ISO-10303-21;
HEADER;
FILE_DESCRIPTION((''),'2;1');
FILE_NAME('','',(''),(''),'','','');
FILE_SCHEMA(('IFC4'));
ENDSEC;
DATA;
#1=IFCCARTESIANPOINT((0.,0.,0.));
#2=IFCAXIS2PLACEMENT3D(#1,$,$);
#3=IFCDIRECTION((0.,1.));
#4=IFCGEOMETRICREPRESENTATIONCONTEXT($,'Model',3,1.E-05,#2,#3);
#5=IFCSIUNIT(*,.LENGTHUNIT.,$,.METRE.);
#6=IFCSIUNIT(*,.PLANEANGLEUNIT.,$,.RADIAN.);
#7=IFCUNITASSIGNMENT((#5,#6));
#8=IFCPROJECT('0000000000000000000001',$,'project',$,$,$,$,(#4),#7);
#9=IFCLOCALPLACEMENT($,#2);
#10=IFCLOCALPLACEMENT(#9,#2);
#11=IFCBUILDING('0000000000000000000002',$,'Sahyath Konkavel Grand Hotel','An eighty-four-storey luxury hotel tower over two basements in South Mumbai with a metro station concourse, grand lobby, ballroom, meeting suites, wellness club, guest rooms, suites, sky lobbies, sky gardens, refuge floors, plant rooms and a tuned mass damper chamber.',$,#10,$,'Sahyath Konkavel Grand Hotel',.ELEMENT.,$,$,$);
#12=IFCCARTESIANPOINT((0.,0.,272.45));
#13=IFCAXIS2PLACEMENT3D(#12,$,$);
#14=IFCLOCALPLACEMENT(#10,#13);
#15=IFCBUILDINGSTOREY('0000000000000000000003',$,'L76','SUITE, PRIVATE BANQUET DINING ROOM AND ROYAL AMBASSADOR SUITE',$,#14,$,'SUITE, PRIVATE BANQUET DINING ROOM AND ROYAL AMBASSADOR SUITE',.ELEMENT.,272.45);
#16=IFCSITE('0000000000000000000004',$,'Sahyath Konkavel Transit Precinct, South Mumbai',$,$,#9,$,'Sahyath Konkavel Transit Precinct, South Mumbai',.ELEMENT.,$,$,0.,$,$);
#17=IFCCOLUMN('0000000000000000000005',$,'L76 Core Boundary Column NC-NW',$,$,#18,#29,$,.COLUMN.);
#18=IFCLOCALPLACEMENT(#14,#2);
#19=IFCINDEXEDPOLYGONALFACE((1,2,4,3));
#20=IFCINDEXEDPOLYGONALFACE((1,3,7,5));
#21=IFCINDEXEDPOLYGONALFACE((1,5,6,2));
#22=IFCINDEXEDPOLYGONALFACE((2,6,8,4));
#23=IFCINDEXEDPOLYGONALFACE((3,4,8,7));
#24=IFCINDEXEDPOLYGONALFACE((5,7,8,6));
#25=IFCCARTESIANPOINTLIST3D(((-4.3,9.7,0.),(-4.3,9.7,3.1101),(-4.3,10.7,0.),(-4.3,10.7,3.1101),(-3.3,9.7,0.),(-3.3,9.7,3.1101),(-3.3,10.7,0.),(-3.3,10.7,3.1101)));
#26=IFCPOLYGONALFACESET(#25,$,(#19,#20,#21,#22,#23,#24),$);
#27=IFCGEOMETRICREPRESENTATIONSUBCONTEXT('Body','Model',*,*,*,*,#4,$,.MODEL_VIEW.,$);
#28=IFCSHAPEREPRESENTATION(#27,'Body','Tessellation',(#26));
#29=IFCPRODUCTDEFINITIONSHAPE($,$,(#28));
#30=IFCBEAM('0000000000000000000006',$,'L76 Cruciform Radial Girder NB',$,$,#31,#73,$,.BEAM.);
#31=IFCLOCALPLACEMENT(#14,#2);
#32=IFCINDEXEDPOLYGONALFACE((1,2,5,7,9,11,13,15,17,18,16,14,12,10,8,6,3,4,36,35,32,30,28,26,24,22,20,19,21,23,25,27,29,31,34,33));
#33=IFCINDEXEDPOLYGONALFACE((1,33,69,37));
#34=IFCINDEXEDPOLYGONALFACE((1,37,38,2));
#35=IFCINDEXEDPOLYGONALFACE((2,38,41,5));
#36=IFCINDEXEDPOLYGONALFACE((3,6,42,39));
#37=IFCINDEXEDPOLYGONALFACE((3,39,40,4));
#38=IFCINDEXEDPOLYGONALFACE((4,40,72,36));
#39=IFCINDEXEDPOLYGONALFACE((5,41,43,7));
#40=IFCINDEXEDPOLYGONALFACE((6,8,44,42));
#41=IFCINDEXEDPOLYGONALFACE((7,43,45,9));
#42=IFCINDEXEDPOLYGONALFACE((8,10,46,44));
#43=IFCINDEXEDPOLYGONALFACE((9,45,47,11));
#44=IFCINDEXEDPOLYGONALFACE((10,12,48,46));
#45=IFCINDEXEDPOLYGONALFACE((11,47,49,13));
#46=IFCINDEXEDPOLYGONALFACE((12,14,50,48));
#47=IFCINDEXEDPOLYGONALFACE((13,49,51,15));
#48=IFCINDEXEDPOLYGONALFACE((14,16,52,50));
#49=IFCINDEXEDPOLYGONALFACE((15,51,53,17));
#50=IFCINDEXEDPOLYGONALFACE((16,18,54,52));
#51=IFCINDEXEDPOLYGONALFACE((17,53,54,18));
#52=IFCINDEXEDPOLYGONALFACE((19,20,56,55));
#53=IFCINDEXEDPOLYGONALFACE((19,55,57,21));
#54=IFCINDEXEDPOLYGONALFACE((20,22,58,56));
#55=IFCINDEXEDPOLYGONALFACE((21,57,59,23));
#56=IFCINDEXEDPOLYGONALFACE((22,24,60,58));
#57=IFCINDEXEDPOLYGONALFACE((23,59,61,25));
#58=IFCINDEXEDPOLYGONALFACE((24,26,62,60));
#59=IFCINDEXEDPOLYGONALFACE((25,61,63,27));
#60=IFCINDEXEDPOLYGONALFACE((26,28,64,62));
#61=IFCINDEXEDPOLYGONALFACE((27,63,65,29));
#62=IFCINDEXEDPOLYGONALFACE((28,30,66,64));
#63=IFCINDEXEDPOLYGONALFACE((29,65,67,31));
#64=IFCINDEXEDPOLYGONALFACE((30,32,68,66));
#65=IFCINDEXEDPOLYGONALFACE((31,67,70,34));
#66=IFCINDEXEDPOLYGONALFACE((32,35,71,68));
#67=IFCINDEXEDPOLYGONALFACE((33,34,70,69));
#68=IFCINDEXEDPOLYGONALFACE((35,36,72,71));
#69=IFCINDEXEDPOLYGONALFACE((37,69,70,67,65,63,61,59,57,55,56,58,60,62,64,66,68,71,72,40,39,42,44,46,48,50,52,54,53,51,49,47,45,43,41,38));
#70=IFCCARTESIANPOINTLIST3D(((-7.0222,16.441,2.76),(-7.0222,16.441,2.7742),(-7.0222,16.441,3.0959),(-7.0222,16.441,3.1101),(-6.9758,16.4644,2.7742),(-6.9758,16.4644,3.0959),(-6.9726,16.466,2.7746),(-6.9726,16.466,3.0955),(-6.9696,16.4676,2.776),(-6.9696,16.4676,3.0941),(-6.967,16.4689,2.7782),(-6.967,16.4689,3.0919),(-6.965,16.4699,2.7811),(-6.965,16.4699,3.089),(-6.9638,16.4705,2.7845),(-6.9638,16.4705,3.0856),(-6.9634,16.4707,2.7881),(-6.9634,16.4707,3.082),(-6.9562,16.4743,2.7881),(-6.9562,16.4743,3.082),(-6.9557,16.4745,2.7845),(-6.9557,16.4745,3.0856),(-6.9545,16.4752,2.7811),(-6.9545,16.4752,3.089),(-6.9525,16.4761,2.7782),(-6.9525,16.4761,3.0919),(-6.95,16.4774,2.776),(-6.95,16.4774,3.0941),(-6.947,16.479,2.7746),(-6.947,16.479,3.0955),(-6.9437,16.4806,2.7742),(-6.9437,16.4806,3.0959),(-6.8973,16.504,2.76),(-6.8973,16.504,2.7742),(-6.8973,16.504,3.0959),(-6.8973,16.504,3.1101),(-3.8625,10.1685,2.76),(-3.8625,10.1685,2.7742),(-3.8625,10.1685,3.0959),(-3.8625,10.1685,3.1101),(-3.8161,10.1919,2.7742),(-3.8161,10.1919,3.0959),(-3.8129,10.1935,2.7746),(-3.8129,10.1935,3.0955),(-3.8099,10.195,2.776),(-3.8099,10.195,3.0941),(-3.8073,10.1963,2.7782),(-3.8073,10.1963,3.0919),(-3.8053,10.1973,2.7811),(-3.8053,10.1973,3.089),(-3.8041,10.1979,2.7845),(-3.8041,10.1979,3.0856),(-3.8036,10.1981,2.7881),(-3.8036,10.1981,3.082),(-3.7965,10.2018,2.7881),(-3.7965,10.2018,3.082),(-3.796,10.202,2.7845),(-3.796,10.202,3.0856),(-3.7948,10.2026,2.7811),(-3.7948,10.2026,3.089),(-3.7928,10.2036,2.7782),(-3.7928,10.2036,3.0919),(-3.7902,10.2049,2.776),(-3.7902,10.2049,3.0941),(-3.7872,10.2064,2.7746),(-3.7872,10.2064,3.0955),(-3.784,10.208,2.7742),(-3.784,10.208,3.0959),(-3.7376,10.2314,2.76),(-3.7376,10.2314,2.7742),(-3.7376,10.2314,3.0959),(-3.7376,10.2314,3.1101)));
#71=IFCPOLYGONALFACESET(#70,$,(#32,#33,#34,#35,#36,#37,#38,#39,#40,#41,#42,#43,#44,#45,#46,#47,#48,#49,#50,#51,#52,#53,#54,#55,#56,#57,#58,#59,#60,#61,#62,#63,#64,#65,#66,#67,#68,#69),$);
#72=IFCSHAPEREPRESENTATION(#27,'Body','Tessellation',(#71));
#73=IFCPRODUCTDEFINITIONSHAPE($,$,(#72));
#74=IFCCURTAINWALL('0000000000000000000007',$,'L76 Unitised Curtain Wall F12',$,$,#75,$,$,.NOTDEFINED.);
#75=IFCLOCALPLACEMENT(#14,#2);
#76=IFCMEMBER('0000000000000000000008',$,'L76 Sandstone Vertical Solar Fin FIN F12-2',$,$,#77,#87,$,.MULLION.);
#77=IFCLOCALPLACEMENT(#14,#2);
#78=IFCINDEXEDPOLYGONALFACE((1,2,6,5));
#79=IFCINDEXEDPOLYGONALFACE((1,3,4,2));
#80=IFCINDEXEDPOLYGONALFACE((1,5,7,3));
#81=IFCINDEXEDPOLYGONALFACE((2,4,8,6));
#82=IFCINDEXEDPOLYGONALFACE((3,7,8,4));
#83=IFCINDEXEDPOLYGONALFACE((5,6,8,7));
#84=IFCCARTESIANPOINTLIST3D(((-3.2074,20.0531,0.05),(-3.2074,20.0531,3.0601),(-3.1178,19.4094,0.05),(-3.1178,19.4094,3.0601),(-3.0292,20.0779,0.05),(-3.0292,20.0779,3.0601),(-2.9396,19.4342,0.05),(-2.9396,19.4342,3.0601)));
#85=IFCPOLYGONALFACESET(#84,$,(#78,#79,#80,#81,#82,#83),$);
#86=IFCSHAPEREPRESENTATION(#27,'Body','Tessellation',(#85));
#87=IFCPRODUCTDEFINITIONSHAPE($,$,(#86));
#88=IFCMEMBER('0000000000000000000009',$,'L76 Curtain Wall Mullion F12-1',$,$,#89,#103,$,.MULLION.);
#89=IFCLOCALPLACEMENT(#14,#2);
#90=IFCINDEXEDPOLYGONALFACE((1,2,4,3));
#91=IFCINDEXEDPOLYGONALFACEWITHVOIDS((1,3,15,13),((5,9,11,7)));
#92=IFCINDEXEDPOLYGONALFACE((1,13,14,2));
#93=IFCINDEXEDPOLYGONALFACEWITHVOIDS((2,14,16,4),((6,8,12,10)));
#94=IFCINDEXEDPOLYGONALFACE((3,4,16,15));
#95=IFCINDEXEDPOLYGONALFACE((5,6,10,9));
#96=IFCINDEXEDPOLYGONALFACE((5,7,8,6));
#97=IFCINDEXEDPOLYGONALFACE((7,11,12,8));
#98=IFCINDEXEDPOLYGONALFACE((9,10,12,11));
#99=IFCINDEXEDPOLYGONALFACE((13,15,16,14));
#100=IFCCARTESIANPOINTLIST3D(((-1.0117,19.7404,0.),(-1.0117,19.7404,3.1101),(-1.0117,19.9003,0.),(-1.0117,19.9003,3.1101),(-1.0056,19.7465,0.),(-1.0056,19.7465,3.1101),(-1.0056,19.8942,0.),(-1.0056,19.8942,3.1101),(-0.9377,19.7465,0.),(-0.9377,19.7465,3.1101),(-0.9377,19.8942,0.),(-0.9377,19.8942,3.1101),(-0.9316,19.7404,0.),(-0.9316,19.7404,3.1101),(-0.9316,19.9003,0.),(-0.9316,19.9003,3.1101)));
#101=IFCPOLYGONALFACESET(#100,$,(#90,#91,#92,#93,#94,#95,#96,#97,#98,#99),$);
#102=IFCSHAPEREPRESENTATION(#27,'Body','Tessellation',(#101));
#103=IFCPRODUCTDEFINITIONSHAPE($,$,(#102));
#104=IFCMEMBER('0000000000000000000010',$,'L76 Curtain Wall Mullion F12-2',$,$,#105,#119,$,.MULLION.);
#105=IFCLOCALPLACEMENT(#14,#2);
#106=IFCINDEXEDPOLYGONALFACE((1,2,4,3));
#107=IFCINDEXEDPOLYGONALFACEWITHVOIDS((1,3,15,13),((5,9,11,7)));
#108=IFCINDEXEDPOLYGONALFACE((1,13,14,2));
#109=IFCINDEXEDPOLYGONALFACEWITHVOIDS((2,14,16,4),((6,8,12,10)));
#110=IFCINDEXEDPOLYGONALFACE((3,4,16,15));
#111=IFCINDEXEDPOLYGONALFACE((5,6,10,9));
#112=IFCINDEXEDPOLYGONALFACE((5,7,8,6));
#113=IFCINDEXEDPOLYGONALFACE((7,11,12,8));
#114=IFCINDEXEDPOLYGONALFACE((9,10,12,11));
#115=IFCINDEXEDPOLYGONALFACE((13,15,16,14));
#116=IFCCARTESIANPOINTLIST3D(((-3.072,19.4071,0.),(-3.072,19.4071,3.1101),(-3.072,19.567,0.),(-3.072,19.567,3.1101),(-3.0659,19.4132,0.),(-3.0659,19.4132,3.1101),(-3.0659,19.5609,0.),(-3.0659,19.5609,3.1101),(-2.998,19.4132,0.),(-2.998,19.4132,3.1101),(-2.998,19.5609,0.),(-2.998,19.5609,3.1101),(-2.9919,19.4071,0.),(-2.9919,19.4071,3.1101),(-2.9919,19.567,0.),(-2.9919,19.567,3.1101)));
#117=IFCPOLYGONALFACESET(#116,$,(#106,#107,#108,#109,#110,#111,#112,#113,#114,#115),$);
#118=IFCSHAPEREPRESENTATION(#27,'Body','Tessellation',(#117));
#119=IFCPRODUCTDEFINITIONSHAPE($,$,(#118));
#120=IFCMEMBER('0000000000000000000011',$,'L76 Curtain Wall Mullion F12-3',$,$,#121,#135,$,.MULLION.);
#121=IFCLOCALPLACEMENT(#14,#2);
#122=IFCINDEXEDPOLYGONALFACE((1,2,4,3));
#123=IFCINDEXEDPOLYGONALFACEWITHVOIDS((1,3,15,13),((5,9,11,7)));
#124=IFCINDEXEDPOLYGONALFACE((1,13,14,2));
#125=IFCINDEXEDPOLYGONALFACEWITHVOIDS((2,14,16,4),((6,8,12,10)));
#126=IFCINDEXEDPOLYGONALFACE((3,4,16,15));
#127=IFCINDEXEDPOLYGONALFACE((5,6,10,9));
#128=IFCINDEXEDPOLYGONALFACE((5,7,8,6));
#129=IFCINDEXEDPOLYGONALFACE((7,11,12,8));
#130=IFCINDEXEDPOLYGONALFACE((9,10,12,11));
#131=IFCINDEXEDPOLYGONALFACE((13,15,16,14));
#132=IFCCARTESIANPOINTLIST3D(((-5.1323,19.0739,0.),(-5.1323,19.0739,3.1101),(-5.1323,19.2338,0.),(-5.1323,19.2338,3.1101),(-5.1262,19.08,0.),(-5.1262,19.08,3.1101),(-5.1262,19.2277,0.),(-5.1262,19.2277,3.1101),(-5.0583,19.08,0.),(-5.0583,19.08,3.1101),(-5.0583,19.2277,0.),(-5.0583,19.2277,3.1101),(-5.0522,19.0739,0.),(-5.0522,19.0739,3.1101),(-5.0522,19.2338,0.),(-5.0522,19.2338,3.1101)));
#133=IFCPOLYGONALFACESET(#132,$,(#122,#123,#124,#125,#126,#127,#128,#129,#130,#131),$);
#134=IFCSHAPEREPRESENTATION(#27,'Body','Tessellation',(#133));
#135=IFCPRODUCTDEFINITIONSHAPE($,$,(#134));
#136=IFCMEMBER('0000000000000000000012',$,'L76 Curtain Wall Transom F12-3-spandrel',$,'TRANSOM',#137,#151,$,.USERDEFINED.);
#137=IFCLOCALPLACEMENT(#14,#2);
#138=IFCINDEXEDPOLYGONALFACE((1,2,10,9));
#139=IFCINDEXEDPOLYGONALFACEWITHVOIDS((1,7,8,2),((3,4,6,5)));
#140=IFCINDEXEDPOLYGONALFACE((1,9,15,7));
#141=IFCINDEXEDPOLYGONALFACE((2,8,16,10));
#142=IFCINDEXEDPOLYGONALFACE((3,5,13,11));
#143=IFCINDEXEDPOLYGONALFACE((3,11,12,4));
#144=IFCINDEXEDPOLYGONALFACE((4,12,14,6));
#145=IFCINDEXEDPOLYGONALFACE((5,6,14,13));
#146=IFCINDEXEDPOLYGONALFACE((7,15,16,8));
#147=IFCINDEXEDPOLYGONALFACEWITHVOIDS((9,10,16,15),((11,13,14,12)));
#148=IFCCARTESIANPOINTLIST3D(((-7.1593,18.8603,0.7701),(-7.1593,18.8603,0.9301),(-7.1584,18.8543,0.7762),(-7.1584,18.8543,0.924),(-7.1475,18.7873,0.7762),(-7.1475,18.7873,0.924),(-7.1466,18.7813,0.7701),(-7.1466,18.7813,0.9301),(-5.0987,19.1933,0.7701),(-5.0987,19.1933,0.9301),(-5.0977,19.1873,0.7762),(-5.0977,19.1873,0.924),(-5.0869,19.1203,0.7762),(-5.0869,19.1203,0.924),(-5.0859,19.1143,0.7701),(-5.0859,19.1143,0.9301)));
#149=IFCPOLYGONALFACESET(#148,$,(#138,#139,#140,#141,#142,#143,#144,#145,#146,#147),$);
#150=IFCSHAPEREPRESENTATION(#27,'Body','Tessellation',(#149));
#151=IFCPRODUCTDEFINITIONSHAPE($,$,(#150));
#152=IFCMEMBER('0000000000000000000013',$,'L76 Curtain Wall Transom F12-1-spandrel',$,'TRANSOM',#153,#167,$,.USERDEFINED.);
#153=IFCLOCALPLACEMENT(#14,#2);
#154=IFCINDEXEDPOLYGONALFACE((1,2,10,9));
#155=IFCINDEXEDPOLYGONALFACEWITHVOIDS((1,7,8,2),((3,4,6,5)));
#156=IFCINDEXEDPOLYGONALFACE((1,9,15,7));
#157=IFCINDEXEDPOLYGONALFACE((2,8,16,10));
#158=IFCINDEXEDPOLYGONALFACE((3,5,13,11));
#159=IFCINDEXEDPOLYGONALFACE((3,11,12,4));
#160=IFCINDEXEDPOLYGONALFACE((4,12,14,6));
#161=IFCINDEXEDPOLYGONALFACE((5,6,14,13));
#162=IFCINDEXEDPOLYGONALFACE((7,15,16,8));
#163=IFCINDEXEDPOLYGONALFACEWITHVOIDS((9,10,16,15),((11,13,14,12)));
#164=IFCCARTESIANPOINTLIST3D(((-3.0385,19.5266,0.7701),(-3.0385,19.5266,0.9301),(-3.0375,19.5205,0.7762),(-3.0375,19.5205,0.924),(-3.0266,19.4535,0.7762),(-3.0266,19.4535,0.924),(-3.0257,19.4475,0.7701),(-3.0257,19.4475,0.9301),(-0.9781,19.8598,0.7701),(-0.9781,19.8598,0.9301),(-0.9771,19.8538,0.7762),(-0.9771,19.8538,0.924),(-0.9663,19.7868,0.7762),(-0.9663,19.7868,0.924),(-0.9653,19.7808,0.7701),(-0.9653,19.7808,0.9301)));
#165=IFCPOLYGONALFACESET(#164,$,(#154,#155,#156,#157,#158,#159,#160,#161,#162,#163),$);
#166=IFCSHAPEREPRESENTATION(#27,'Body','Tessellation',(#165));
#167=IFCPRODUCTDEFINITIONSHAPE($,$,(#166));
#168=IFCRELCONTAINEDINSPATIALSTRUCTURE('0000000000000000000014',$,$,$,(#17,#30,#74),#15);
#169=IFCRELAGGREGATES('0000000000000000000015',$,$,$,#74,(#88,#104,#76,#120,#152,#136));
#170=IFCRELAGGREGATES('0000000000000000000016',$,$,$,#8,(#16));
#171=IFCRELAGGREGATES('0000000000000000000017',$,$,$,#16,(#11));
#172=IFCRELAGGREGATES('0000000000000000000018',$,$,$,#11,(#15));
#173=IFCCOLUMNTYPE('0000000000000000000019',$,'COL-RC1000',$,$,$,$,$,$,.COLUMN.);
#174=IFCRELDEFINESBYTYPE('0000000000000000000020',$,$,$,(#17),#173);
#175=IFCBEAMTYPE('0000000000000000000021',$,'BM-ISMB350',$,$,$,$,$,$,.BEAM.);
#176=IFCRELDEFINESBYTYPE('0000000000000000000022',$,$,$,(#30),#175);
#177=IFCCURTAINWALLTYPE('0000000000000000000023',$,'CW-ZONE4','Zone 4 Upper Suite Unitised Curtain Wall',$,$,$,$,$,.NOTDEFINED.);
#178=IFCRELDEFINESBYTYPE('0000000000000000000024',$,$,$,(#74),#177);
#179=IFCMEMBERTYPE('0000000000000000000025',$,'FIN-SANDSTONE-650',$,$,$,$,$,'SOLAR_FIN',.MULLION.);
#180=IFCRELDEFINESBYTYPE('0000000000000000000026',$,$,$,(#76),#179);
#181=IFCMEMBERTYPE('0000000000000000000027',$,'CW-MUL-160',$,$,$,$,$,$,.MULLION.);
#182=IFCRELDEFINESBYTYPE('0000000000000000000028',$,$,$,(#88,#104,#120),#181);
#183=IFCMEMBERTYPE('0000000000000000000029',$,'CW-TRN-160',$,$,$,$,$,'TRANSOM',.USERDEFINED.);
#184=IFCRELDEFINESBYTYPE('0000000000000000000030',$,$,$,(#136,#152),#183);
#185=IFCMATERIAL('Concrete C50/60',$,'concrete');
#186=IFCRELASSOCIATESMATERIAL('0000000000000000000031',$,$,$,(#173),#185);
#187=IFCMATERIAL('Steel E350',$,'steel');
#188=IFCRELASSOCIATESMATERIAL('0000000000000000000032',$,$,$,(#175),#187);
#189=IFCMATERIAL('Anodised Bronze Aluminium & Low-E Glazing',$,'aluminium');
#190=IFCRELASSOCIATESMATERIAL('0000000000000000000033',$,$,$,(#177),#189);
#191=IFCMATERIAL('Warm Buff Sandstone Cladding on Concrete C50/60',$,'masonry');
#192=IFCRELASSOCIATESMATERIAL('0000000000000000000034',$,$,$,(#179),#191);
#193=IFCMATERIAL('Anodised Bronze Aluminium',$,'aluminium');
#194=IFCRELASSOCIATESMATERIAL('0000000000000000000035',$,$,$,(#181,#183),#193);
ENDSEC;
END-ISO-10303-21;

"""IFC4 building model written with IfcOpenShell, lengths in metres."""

from ifc_helpers import new_model, si_unit, direction, frame, origin, origin_2d, place, context, subcontext, project, spatial, rectangle, hollow_rectangle, i_section, extrude, source, transform, mapped, material, material_profile, profile_set, type_object, element, aggregate, save


model = new_model("IFC4")

# Units and contexts
model_context = context("Model", 3, precision=1e-05, world=origin(), true_north=direction((0.0, 1.0)))
body_context = subcontext(model_context, "Body", "Model", "MODEL_VIEW")
ifc_project = project(units=[si_unit("LENGTHUNIT", "METRE"), si_unit("PLANEANGLEUNIT", "RADIAN")], contexts=[model_context])

# Site, building, storey
site_placement = place(None, origin())
site = spatial("IfcSite", under=ifc_project, at=site_placement, Name="Sahyath Konkavel Transit Precinct, South Mumbai", LongName="Sahyath Konkavel Transit Precinct, South Mumbai", CompositionType="ELEMENT", RefElevation=0.0)
building_placement = place(site_placement, origin())
building = spatial("IfcBuilding", under=site, at=building_placement, Name="Sahyath Konkavel Grand Hotel", Description="An eighty-four-storey luxury hotel tower over two basements in South Mumbai with a metro station concourse, grand lobby, ballroom, meeting suites, wellness club, guest rooms, suites, sky lobbies, sky gardens, refuge floors, plant rooms and a tuned mass damper chamber.", LongName="Sahyath Konkavel Grand Hotel", CompositionType="ELEMENT")
storey_placement = place(building_placement, frame((0.0, 0.0, 272.45)))
storey = spatial("IfcBuildingStorey", under=building, at=storey_placement, Name="L76", Description="SUITE, PRIVATE BANQUET DINING ROOM AND ROYAL AMBASSADOR SUITE", LongName="SUITE, PRIVATE BANQUET DINING ROOM AND ROYAL AMBASSADOR SUITE", CompositionType="ELEMENT", Elevation=272.45)

# Column
ifc_material_1 = material(Name="Concrete C50/60", Category="concrete")
ifc_material_profile_1 = material_profile(ifc_material_1, rectangle(XDim=1.0, YDim=1.0, at=origin_2d()), Name="RC 1000x1000")
ifc_profile_set_1 = profile_set([ifc_material_profile_1], Name="Concrete C50/60")
column_type = type_object("IfcColumnType", Name="COL-RC1000", PredefinedType="COLUMN", material=ifc_profile_set_1)
shared_shape_1 = source(origin(), body_context, "Body", "SweptSolid", [
    extrude(rectangle(XDim=1.0, YDim=1.0, at=origin_2d()), origin(), (0.0, 0.0, 1.0), 3.1101),
])
column_placement = place(storey_placement, frame((-3.8, 10.2, 0.0), z_axis=(0.0, 0.0, 1.0), x_axis=(1.0, 0.0, 0.0)))
element("IfcColumn", 1, at=column_placement, inside=storey, type_object=column_type, Name="L76 Core Boundary Column NC-NW", PredefinedType="COLUMN", context=body_context, shape_type="MappedRepresentation", body=[
    mapped(shared_shape_1, transform((0.0, 0.0, 0.0), scale=1.0)),
])

# Beam
ifc_material_2 = material(Name="Steel E350", Category="steel")
ifc_material_profile_2 = material_profile(ifc_material_2, i_section(OverallWidth=0.1399, OverallDepth=0.3501, WebThickness=0.0081, FlangeThickness=0.0142, FilletRadius=0.0139, at=origin_2d()), Name="ISMB 350")
ifc_profile_set_2 = profile_set([ifc_material_profile_2], Name="Steel E350")
beam_type_1 = type_object("IfcBeamType", Name="BM-ISMB350", PredefinedType="BEAM", material=ifc_profile_set_2)
shared_shape_2 = source(origin(), body_context, "Body", "SweptSolid", [
    extrude(i_section(OverallWidth=0.1399, OverallDepth=0.3501, WebThickness=0.0081, FlangeThickness=0.0142, FilletRadius=0.0139, at=origin_2d()), origin(), (0.0, 0.0, 1.0), 7.0234),
])
beam_1_placement = place(storey_placement, frame((-3.8, 10.2, 2.9351), z_axis=(-0.449881, 0.893088, 0.0), x_axis=(-0.893088, -0.449881, 0.0)))
element("IfcBeam", 2, at=beam_1_placement, inside=storey, type_object=beam_type_1, Name="L76 Cruciform Radial Girder NB", PredefinedType="BEAM", context=body_context, shape_type="MappedRepresentation", body=[
    mapped(shared_shape_2, transform((0.0, 0.0, 0.0), scale=1.0)),
])

# Curtain wall, members
ifc_material_3 = material(Name="Anodised Bronze Aluminium & Low-E Glazing", Category="aluminium")
curtain_wall_type = type_object("IfcCurtainWallType", Name="CW-ZONE4", Description="Zone 4 Upper Suite Unitised Curtain Wall", PredefinedType="NOTDEFINED", material=ifc_material_3)
curtain_wall_placement = place(storey_placement, origin())
curtain_wall = element("IfcCurtainWall", 3, at=curtain_wall_placement, inside=storey, type_object=curtain_wall_type, Name="L76 Unitised Curtain Wall F12", PredefinedType="NOTDEFINED")
ifc_material_4 = material(Name="Warm Buff Sandstone Cladding on Concrete C50/60", Category="masonry")
ifc_material_profile_3 = material_profile(ifc_material_4, rectangle(XDim=0.1799, YDim=0.6499, at=origin_2d()), Name="FIN 180x650")
ifc_profile_set_3 = profile_set([ifc_material_profile_3], Name="Warm Buff Sandstone Cladding on Concrete C50/60")
member_type_1 = type_object("IfcMemberType", Name="FIN-SANDSTONE-650", ElementType="SOLAR_FIN", PredefinedType="MULLION", material=ifc_profile_set_3)
shared_shape_3 = source(origin(), body_context, "Body", "SweptSolid", [
    extrude(rectangle(XDim=0.1799, YDim=0.6499, at=origin_2d()), origin(), (0.0, 0.0, 1.0), 3.01),
])
member_1_placement = place(storey_placement, frame((-3.0735, 19.7437, 0.05), z_axis=(0.0, 0.0, 1.0), x_axis=(0.990461, 0.13779, 0.0)))
member_1 = element("IfcMember", 4, at=member_1_placement, type_object=member_type_1, Name="L76 Sandstone Vertical Solar Fin FIN F12-2", PredefinedType="MULLION", context=body_context, shape_type="MappedRepresentation", body=[
    mapped(shared_shape_3, transform((0.0, 0.0, 0.0), scale=1.0)),
])
ifc_material_5 = material(Name="Anodised Bronze Aluminium", Category="aluminium")
ifc_material_profile_4 = material_profile(ifc_material_5, hollow_rectangle(XDim=0.0801, YDim=0.1599, WallThickness=0.0061, at=origin_2d()), Name="RHS 160x80x6")
ifc_profile_set_4 = profile_set([ifc_material_profile_4], Name="Anodised Bronze Aluminium")
member_type_2 = type_object("IfcMemberType", Name="CW-MUL-160", PredefinedType="MULLION", material=ifc_profile_set_4)
shared_shape_4 = source(origin(), body_context, "Body", "SweptSolid", [
    extrude(hollow_rectangle(XDim=0.0801, YDim=0.1599, WallThickness=0.0061, at=origin_2d()), origin(), (0.0, 0.0, 1.0), 3.1101),
])
member_2_placement = place(storey_placement, frame((-0.9717, 19.8203, 0.0), z_axis=(0.0, 0.0, 1.0), x_axis=(1.0, 0.0, 0.0)))
member_2 = element("IfcMember", 5, at=member_2_placement, type_object=member_type_2, Name="L76 Curtain Wall Mullion F12-1", PredefinedType="MULLION", context=body_context, shape_type="MappedRepresentation", body=[
    mapped(shared_shape_4, transform((0.0, 0.0, 0.0), scale=1.0)),
])
member_3_placement = place(storey_placement, frame((-3.032, 19.4871, 0.0), z_axis=(0.0, 0.0, 1.0), x_axis=(1.0, 0.0, 0.0)))
member_3 = element("IfcMember", 6, at=member_3_placement, type_object=member_type_2, Name="L76 Curtain Wall Mullion F12-2", PredefinedType="MULLION", context=body_context, shape_type="MappedRepresentation", body=[
    mapped(shared_shape_4, transform((0.0, 0.0, 0.0), scale=1.0)),
])
member_4_placement = place(storey_placement, frame((-5.0923, 19.1538, 0.0), z_axis=(0.0, 0.0, 1.0), x_axis=(1.0, 0.0, 0.0)))
member_4 = element("IfcMember", 7, at=member_4_placement, type_object=member_type_2, Name="L76 Curtain Wall Mullion F12-3", PredefinedType="MULLION", context=body_context, shape_type="MappedRepresentation", body=[
    mapped(shared_shape_4, transform((0.0, 0.0, 0.0), scale=1.0)),
])
ifc_material_profile_5 = material_profile(ifc_material_5, hollow_rectangle(XDim=0.0801, YDim=0.1599, WallThickness=0.0061, at=origin_2d()), Name="RHS 160x80x6")
ifc_profile_set_5 = profile_set([ifc_material_profile_5], Name="Anodised Bronze Aluminium")
member_type_3 = type_object("IfcMemberType", Name="CW-TRN-160", ElementType="TRANSOM", PredefinedType="USERDEFINED", material=ifc_profile_set_5)
shared_shape_5 = source(origin(), body_context, "Body", "SweptSolid", [
    extrude(hollow_rectangle(XDim=0.0801, YDim=0.1599, WallThickness=0.0061, at=origin_2d()), origin(), (0.0, 0.0, 1.0), 2.0874),
])
member_5_placement = place(storey_placement, frame((-5.0923, 19.1538, 0.8501), z_axis=(-0.987191, -0.159541, 0.0), x_axis=(0.159541, -0.987191, 0.0)))
member_5 = element("IfcMember", 8, at=member_5_placement, type_object=member_type_3, Name="L76 Curtain Wall Transom F12-3-spandrel", ObjectType="TRANSOM", PredefinedType="USERDEFINED", context=body_context, shape_type="MappedRepresentation", body=[
    mapped(shared_shape_5, transform((0.0, 0.0, 0.0), scale=1.0)),
])
shared_shape_6 = source(origin(), body_context, "Body", "SweptSolid", [
    extrude(hollow_rectangle(XDim=0.0801, YDim=0.1599, WallThickness=0.0061, at=origin_2d()), origin(), (0.0, 0.0, 1.0), 2.0872),
])
member_6_placement = place(storey_placement, frame((-0.9717, 19.8203, 0.8501), z_axis=(-0.98717, -0.159674, 0.0), x_axis=(0.159674, -0.98717, 0.0)))
member_6 = element("IfcMember", 9, at=member_6_placement, type_object=member_type_3, Name="L76 Curtain Wall Transom F12-1-spandrel", ObjectType="TRANSOM", PredefinedType="USERDEFINED", context=body_context, shape_type="MappedRepresentation", body=[
    mapped(shared_shape_6, transform((0.0, 0.0, 0.0), scale=1.0)),
])

aggregate(curtain_wall, [member_2, member_3, member_1, member_4, member_6, member_5])

save(model, "model.ifc")
